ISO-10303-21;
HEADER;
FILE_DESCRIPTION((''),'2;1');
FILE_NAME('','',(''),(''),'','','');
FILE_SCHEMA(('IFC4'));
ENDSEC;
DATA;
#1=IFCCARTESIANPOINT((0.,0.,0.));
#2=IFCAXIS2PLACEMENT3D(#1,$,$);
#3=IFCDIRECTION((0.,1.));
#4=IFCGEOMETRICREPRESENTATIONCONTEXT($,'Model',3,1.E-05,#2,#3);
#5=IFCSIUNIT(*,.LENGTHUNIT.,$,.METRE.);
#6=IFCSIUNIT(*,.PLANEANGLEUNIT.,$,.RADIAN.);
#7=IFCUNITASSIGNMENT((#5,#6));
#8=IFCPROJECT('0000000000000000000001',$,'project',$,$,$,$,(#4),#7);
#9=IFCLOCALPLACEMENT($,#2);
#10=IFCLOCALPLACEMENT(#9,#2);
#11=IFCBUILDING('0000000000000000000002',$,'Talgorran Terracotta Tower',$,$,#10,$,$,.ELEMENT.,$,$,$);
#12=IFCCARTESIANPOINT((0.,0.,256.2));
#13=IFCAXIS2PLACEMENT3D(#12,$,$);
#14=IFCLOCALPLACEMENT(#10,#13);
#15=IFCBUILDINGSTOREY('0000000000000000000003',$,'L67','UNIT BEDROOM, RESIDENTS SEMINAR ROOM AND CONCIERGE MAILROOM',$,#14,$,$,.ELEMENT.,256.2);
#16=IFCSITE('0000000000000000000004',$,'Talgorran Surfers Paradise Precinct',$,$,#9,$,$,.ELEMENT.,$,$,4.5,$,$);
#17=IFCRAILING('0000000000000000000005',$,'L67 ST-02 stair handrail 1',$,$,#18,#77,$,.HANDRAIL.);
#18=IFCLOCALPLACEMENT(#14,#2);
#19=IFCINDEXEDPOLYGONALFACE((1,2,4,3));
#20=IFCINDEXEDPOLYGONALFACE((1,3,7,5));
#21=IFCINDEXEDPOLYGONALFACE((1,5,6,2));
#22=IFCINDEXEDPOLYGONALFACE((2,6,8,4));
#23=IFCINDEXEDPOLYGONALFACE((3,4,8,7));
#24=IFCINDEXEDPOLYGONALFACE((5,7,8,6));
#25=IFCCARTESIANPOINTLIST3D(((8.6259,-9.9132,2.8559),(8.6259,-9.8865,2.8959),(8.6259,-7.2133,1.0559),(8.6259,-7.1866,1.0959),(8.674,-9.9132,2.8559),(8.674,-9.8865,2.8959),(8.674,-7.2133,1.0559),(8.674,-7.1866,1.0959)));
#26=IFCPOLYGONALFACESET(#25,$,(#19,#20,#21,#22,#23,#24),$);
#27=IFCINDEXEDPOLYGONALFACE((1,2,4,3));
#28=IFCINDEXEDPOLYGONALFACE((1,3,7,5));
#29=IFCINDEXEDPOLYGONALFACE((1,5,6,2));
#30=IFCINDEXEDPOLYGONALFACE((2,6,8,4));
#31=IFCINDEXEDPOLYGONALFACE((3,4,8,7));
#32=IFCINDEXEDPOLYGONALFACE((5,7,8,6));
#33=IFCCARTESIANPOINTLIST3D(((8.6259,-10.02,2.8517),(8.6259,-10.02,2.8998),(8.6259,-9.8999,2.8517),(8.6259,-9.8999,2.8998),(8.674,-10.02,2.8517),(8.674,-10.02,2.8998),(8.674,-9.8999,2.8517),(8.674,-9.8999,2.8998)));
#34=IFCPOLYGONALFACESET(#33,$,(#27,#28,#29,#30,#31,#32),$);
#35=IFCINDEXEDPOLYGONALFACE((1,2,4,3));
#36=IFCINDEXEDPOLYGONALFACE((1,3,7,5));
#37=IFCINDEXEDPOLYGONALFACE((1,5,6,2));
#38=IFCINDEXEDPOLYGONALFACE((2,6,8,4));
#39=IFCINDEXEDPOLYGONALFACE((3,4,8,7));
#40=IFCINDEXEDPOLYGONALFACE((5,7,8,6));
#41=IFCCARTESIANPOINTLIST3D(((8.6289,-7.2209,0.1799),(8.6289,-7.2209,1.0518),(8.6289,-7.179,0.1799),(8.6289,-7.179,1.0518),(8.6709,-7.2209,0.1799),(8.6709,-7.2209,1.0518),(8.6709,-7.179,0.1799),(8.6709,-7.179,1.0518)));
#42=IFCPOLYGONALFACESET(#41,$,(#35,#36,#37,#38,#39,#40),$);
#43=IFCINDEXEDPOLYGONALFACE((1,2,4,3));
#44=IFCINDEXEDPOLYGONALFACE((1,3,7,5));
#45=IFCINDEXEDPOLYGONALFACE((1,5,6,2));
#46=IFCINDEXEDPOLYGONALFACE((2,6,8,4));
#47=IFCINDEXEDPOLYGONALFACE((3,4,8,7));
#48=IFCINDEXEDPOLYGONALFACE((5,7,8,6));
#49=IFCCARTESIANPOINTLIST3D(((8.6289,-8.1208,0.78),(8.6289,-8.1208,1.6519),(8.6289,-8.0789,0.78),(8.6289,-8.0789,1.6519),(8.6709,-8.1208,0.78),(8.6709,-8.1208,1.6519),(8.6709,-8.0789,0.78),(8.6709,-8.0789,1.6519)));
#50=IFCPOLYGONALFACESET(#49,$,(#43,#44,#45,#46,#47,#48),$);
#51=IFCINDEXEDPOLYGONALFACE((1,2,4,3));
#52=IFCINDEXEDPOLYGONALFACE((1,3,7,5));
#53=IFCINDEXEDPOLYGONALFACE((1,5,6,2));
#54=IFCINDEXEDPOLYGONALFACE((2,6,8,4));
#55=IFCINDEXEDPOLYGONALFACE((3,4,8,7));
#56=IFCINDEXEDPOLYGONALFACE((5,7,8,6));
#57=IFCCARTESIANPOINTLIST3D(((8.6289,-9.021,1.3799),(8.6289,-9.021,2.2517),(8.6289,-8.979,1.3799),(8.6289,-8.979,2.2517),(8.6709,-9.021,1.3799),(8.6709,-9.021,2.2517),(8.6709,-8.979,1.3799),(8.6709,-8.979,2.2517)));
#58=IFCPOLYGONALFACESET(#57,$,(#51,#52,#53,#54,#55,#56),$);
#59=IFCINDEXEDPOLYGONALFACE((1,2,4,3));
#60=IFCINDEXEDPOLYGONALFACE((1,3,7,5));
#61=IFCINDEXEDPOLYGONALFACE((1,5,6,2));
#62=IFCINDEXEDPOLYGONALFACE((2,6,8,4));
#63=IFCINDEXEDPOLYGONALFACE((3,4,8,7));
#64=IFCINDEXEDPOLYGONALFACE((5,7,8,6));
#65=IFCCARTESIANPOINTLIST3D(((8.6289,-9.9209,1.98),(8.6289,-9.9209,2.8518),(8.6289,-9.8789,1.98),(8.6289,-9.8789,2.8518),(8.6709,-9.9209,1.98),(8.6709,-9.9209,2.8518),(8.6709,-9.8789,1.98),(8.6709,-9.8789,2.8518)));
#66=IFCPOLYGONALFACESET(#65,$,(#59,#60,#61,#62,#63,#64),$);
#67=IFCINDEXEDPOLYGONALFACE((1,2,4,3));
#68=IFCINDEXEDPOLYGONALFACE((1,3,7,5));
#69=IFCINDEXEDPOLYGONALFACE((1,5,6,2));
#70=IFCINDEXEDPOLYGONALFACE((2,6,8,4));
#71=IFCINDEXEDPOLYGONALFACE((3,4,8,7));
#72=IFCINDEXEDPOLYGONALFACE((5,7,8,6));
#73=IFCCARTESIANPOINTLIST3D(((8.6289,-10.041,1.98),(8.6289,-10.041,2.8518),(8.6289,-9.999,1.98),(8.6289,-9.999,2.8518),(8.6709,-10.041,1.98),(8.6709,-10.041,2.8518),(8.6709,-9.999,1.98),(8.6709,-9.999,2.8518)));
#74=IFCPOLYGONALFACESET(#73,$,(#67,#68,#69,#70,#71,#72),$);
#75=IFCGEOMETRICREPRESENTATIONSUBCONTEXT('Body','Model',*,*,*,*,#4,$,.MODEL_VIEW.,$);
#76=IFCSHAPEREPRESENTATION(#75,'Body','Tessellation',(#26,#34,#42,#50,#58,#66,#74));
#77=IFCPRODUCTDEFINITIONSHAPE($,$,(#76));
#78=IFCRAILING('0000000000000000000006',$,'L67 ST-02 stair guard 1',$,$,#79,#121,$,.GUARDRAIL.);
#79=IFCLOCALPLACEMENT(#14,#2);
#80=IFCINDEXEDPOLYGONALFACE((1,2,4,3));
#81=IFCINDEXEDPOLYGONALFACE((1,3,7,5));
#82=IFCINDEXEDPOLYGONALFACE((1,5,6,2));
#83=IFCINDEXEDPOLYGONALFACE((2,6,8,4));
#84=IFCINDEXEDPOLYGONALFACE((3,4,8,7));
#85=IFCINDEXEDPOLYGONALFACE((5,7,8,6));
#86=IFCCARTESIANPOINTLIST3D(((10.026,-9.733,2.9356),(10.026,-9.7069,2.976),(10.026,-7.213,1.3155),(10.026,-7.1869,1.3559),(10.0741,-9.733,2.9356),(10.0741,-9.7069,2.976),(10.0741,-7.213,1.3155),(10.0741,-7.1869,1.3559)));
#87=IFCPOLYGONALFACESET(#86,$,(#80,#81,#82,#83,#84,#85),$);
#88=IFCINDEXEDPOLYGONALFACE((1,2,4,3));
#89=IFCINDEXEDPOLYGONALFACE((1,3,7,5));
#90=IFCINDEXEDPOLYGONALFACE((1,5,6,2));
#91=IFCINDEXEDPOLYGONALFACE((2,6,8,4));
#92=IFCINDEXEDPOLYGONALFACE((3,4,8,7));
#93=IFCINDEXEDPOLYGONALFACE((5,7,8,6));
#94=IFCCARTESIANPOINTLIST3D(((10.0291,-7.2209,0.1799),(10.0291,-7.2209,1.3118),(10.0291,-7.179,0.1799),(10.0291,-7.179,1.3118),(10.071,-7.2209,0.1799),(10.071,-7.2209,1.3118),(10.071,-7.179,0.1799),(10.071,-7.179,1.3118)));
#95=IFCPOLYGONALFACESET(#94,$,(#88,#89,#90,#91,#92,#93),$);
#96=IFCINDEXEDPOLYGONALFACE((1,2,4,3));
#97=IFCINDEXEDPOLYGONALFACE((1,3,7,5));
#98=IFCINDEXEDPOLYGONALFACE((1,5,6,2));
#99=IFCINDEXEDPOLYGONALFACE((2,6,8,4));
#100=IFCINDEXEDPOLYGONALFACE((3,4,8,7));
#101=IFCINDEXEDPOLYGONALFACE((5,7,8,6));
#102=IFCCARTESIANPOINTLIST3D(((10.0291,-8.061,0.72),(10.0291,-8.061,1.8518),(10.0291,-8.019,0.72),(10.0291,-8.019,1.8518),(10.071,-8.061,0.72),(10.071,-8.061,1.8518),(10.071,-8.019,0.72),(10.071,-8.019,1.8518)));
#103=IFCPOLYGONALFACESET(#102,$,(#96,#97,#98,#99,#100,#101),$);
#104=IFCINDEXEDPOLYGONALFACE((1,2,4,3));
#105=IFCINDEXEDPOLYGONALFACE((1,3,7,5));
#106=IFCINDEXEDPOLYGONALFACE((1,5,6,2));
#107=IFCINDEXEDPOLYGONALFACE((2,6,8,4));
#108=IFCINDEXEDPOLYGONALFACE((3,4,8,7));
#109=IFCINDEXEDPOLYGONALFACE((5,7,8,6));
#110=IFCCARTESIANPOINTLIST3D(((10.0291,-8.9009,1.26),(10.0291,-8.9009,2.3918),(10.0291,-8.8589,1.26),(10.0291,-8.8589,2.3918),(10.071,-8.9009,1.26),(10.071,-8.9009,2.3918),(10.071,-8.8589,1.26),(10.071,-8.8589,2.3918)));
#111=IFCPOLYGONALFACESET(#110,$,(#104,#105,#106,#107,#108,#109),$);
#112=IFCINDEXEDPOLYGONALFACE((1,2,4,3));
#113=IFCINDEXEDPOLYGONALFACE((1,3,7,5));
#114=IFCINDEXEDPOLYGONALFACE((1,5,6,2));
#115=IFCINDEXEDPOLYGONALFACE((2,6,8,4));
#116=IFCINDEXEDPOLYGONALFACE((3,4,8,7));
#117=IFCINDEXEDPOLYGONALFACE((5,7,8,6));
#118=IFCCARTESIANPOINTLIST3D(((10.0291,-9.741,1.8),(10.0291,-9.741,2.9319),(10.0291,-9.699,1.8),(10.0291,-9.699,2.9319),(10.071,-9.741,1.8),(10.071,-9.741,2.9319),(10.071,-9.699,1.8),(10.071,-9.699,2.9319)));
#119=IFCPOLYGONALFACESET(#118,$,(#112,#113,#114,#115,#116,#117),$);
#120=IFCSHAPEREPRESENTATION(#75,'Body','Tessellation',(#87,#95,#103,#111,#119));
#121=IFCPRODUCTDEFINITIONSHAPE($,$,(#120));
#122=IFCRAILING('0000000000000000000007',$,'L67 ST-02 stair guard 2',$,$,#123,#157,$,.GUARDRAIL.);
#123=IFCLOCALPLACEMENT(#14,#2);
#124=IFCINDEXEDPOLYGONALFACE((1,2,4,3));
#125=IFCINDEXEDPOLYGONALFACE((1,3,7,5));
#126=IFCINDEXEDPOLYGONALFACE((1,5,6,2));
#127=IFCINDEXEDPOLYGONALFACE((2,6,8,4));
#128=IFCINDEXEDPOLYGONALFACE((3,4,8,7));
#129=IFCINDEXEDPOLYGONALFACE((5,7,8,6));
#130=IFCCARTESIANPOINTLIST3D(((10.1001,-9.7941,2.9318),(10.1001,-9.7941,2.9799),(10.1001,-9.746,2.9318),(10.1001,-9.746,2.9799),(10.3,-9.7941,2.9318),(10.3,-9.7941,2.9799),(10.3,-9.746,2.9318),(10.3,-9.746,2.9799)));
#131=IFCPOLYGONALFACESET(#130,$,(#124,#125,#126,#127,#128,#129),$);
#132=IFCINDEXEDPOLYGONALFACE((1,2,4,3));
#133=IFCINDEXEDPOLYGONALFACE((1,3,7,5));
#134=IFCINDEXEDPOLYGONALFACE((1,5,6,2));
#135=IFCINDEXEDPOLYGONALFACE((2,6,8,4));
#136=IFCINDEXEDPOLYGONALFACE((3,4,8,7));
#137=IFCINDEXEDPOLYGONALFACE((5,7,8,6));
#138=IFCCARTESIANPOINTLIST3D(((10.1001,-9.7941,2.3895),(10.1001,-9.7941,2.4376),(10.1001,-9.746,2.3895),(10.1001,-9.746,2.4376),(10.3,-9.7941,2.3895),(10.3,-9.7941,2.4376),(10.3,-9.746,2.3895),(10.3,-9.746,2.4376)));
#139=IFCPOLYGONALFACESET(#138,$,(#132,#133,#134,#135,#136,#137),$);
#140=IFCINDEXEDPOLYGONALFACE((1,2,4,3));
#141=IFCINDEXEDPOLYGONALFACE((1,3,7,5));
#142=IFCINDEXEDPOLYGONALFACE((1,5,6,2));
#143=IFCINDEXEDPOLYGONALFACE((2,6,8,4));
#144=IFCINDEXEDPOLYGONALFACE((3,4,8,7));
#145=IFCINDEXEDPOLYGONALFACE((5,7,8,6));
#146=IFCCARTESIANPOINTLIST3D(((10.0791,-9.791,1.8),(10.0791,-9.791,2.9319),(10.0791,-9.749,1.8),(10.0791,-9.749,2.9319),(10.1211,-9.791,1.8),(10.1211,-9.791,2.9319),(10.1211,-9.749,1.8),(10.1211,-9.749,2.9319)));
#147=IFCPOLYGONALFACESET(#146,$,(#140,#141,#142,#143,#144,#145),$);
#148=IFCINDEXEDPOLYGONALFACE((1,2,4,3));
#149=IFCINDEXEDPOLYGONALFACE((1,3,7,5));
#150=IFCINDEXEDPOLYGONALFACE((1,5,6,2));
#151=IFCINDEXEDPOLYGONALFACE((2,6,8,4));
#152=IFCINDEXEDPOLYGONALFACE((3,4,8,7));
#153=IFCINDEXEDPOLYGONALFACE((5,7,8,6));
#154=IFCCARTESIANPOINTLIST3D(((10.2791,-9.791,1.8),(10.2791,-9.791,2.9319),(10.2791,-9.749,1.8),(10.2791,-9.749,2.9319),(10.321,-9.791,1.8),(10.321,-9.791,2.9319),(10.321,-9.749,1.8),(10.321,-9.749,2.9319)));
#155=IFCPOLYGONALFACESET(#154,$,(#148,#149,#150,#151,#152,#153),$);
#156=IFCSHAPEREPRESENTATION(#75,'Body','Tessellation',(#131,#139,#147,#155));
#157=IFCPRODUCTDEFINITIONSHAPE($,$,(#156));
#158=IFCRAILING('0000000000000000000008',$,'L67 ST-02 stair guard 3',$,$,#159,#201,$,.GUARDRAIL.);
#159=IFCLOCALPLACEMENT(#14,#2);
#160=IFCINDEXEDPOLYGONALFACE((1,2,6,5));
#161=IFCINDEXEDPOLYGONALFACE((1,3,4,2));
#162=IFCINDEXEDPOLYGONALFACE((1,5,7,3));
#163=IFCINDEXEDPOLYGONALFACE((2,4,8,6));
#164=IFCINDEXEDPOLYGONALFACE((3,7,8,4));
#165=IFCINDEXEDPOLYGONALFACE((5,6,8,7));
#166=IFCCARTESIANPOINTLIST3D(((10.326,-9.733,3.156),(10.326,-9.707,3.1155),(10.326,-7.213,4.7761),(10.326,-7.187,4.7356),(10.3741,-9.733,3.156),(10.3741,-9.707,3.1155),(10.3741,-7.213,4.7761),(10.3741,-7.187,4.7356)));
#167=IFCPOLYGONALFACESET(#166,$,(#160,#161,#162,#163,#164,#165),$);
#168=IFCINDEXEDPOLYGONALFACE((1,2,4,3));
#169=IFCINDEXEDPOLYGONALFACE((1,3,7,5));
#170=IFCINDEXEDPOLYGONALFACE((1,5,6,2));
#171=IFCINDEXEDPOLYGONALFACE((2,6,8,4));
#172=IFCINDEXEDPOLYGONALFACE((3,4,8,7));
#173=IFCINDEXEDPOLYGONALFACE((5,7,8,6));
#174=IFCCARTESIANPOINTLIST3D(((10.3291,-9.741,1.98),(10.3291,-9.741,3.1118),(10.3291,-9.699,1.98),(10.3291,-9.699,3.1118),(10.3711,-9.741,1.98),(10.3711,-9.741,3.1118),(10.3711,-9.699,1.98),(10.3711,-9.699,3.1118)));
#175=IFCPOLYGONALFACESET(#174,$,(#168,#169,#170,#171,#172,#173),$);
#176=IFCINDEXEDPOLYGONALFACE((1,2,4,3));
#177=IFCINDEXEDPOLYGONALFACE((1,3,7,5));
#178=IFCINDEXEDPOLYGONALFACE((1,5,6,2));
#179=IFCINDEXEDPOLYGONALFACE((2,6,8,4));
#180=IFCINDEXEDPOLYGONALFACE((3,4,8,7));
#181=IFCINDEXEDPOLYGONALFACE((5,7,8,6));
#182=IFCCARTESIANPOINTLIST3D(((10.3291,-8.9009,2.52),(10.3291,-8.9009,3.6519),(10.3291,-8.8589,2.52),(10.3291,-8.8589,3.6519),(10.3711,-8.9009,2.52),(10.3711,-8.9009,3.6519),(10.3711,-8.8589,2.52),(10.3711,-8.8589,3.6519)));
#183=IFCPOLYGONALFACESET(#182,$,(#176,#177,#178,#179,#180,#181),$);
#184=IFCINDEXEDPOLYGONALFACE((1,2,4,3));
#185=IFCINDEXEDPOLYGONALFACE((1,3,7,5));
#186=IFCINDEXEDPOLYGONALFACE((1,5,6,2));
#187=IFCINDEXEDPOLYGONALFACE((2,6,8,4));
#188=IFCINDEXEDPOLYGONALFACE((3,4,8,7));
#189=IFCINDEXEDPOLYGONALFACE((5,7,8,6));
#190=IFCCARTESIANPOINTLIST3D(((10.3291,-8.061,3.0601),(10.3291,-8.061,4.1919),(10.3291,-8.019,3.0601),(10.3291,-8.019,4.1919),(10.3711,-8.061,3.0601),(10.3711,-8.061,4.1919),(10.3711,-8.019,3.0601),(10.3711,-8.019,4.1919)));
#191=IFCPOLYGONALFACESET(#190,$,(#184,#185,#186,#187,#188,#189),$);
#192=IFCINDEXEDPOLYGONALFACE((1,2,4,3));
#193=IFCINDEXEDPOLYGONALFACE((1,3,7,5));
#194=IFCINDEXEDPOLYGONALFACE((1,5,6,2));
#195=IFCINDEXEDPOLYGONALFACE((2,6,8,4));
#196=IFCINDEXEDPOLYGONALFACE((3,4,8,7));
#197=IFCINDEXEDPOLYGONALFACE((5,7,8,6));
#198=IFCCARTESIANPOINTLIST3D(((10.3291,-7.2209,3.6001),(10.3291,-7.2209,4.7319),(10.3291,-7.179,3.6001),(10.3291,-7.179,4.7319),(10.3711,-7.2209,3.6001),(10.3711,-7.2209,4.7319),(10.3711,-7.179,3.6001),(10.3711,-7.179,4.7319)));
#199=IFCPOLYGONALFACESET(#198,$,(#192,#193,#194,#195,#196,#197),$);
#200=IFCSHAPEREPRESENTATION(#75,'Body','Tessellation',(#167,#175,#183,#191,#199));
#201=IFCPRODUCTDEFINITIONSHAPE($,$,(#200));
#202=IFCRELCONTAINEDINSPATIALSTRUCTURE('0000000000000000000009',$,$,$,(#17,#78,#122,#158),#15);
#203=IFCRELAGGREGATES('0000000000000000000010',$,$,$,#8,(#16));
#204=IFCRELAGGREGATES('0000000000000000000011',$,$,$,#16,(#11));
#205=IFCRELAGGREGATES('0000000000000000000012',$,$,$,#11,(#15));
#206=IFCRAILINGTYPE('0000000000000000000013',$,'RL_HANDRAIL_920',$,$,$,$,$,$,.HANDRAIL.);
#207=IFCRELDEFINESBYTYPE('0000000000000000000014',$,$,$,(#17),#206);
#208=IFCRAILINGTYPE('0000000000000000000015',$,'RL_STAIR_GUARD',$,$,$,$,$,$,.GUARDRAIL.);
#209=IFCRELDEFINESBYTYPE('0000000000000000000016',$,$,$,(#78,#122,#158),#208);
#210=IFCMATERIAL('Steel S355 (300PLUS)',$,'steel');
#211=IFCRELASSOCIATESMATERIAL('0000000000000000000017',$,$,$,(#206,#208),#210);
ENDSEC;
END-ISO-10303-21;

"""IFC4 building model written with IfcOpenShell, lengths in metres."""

from ifc_helpers import new_model, si_unit, direction, frame, origin, origin_2d, place, context, subcontext, project, spatial, rectangle, extrude, material, type_object, element, save


model = new_model("IFC4")

# Units and contexts
model_context = context("Model", 3, precision=1e-05, world=origin(), true_north=direction((0.0, 1.0)))
body_context = subcontext(model_context, "Body", "Model", "MODEL_VIEW")
ifc_project = project(units=[si_unit("LENGTHUNIT", "METRE"), si_unit("PLANEANGLEUNIT", "RADIAN")], contexts=[model_context])

# Site, building, storey
site_placement = place(None, origin())
site = spatial("IfcSite", under=ifc_project, at=site_placement, Name="Talgorran Surfers Paradise Precinct", CompositionType="ELEMENT", RefElevation=4.5)
building_placement = place(site_placement, origin())
building = spatial("IfcBuilding", under=site, at=building_placement, Name="Talgorran Terracotta Tower", CompositionType="ELEMENT")
storey_placement = place(building_placement, frame((0.0, 0.0, 256.2)))
storey = spatial("IfcBuildingStorey", under=building, at=storey_placement, Name="L67", Description="UNIT BEDROOM, RESIDENTS SEMINAR ROOM AND CONCIERGE MAILROOM", CompositionType="ELEMENT", Elevation=256.2)

# Shared definitions
ifc_material_1 = material(Name="Steel S355 (300PLUS)", Category="steel")

# Railings
railing_type_1 = type_object("IfcRailingType", Name="RL_HANDRAIL_920", PredefinedType="HANDRAIL", material=ifc_material_1)
railing_1_placement = place(storey_placement, frame((8.6499, -7.2, 0.1799)))
element("IfcRailing", 1, at=railing_1_placement, inside=storey, type_object=railing_type_1, Name="L67 ST-02 stair handrail 1", PredefinedType="HANDRAIL", context=body_context, shape_type="SweptSolid", body=[
    extrude(rectangle(XDim=0.0481, YDim=0.0481, at=origin_2d()), frame((0.0, 0.0, 0.896), z_axis=(0.0, -0.832039, 0.554718), x_axis=(1.0, 0.0, 0.0)), (0.0, 0.0, 1.0), 3.2449),
    extrude(rectangle(XDim=0.0481, YDim=0.0481, at=origin_2d()), frame((0.0, -2.7, 2.6958), z_axis=(0.0, -1.0, 0.0), x_axis=(1.0, 0.0, 0.0)), (0.0, 0.0, 1.0), 0.1201),
    extrude(rectangle(XDim=0.042, YDim=0.042, at=origin_2d()), origin(), (0.0, 0.0, 1.0), 0.8718),
    extrude(rectangle(XDim=0.042, YDim=0.042, at=origin_2d()), frame((0.0, -0.8999, 0.6001)), (0.0, 0.0, 1.0), 0.8718),
    extrude(rectangle(XDim=0.042, YDim=0.042, at=origin_2d()), frame((0.0, -1.8, 1.2)), (0.0, 0.0, 1.0), 0.8718),
    extrude(rectangle(XDim=0.042, YDim=0.042, at=origin_2d()), frame((0.0, -2.7, 1.8)), (0.0, 0.0, 1.0), 0.8718),
    extrude(rectangle(XDim=0.042, YDim=0.042, at=origin_2d()), frame((0.0, -2.8201, 1.8)), (0.0, 0.0, 1.0), 0.8718),
])
railing_type_2 = type_object("IfcRailingType", Name="RL_STAIR_GUARD", PredefinedType="GUARDRAIL", material=ifc_material_1)
railing_2_placement = place(storey_placement, frame((10.05, -7.2, 0.1799)))
element("IfcRailing", 2, at=railing_2_placement, inside=storey, type_object=railing_type_2, Name="L67 ST-02 stair guard 1", PredefinedType="GUARDRAIL", context=body_context, shape_type="SweptSolid", body=[
    extrude(rectangle(XDim=0.0481, YDim=0.0481, at=origin_2d()), frame((0.0, 0.0, 1.1558), z_axis=(0.0, -0.841163, 0.540782), x_axis=(1.0, 0.0, 0.0)), (0.0, 0.0, 1.0), 2.9958),
    extrude(rectangle(XDim=0.042, YDim=0.042, at=origin_2d()), origin(), (0.0, 0.0, 1.0), 1.1318),
    extrude(rectangle(XDim=0.042, YDim=0.042, at=origin_2d()), frame((0.0, -0.8401, 0.54)), (0.0, 0.0, 1.0), 1.1318),
    extrude(rectangle(XDim=0.042, YDim=0.042, at=origin_2d()), frame((0.0, -1.6799, 1.0801)), (0.0, 0.0, 1.0), 1.1318),
    extrude(rectangle(XDim=0.042, YDim=0.042, at=origin_2d()), frame((0.0, -2.52, 1.6201)), (0.0, 0.0, 1.0), 1.1318),
])
railing_3_placement = place(storey_placement, frame((10.1001, -9.77, 1.8)))
element("IfcRailing", 3, at=railing_3_placement, inside=storey, type_object=railing_type_2, Name="L67 ST-02 stair guard 2", PredefinedType="GUARDRAIL", context=body_context, shape_type="SweptSolid", body=[
    extrude(rectangle(XDim=0.0481, YDim=0.0481, at=origin_2d()), frame((0.0, 0.0, 1.1558), z_axis=(1.0, 0.0, 0.0), x_axis=(0.0, 1.0, 0.0)), (0.0, 0.0, 1.0), 0.2),
    extrude(rectangle(XDim=0.0481, YDim=0.0481, at=origin_2d()), frame((0.0, 0.0, 0.6135), z_axis=(1.0, 0.0, 0.0), x_axis=(0.0, 1.0, 0.0)), (0.0, 0.0, 1.0), 0.2),
    extrude(rectangle(XDim=0.042, YDim=0.042, at=origin_2d()), origin(), (0.0, 0.0, 1.0), 1.1318),
    extrude(rectangle(XDim=0.042, YDim=0.042, at=origin_2d()), frame((0.2, 0.0, 0.0)), (0.0, 0.0, 1.0), 1.1318),
])
railing_4_placement = place(storey_placement, frame((10.3501, -9.72, 1.98)))
element("IfcRailing", 4, at=railing_4_placement, inside=storey, type_object=railing_type_2, Name="L67 ST-02 stair guard 3", PredefinedType="GUARDRAIL", context=body_context, shape_type="SweptSolid", body=[
    extrude(rectangle(XDim=0.0481, YDim=0.0481, at=origin_2d()), frame((0.0, 0.0, 1.1558), z_axis=(0.0, 0.841163, 0.540782), x_axis=(-1.0, 0.0, 0.0)), (0.0, 0.0, 1.0), 2.9958),
    extrude(rectangle(XDim=0.042, YDim=0.042, at=origin_2d()), origin(), (0.0, 0.0, 1.0), 1.1318),
    extrude(rectangle(XDim=0.042, YDim=0.042, at=origin_2d()), frame((0.0, 0.8401, 0.54)), (0.0, 0.0, 1.0), 1.1318),
    extrude(rectangle(XDim=0.042, YDim=0.042, at=origin_2d()), frame((0.0, 1.6799, 1.0801)), (0.0, 0.0, 1.0), 1.1318),
    extrude(rectangle(XDim=0.042, YDim=0.042, at=origin_2d()), frame((0.0, 2.52, 1.6201)), (0.0, 0.0, 1.0), 1.1318),
])

save(model, "model.ifc")
